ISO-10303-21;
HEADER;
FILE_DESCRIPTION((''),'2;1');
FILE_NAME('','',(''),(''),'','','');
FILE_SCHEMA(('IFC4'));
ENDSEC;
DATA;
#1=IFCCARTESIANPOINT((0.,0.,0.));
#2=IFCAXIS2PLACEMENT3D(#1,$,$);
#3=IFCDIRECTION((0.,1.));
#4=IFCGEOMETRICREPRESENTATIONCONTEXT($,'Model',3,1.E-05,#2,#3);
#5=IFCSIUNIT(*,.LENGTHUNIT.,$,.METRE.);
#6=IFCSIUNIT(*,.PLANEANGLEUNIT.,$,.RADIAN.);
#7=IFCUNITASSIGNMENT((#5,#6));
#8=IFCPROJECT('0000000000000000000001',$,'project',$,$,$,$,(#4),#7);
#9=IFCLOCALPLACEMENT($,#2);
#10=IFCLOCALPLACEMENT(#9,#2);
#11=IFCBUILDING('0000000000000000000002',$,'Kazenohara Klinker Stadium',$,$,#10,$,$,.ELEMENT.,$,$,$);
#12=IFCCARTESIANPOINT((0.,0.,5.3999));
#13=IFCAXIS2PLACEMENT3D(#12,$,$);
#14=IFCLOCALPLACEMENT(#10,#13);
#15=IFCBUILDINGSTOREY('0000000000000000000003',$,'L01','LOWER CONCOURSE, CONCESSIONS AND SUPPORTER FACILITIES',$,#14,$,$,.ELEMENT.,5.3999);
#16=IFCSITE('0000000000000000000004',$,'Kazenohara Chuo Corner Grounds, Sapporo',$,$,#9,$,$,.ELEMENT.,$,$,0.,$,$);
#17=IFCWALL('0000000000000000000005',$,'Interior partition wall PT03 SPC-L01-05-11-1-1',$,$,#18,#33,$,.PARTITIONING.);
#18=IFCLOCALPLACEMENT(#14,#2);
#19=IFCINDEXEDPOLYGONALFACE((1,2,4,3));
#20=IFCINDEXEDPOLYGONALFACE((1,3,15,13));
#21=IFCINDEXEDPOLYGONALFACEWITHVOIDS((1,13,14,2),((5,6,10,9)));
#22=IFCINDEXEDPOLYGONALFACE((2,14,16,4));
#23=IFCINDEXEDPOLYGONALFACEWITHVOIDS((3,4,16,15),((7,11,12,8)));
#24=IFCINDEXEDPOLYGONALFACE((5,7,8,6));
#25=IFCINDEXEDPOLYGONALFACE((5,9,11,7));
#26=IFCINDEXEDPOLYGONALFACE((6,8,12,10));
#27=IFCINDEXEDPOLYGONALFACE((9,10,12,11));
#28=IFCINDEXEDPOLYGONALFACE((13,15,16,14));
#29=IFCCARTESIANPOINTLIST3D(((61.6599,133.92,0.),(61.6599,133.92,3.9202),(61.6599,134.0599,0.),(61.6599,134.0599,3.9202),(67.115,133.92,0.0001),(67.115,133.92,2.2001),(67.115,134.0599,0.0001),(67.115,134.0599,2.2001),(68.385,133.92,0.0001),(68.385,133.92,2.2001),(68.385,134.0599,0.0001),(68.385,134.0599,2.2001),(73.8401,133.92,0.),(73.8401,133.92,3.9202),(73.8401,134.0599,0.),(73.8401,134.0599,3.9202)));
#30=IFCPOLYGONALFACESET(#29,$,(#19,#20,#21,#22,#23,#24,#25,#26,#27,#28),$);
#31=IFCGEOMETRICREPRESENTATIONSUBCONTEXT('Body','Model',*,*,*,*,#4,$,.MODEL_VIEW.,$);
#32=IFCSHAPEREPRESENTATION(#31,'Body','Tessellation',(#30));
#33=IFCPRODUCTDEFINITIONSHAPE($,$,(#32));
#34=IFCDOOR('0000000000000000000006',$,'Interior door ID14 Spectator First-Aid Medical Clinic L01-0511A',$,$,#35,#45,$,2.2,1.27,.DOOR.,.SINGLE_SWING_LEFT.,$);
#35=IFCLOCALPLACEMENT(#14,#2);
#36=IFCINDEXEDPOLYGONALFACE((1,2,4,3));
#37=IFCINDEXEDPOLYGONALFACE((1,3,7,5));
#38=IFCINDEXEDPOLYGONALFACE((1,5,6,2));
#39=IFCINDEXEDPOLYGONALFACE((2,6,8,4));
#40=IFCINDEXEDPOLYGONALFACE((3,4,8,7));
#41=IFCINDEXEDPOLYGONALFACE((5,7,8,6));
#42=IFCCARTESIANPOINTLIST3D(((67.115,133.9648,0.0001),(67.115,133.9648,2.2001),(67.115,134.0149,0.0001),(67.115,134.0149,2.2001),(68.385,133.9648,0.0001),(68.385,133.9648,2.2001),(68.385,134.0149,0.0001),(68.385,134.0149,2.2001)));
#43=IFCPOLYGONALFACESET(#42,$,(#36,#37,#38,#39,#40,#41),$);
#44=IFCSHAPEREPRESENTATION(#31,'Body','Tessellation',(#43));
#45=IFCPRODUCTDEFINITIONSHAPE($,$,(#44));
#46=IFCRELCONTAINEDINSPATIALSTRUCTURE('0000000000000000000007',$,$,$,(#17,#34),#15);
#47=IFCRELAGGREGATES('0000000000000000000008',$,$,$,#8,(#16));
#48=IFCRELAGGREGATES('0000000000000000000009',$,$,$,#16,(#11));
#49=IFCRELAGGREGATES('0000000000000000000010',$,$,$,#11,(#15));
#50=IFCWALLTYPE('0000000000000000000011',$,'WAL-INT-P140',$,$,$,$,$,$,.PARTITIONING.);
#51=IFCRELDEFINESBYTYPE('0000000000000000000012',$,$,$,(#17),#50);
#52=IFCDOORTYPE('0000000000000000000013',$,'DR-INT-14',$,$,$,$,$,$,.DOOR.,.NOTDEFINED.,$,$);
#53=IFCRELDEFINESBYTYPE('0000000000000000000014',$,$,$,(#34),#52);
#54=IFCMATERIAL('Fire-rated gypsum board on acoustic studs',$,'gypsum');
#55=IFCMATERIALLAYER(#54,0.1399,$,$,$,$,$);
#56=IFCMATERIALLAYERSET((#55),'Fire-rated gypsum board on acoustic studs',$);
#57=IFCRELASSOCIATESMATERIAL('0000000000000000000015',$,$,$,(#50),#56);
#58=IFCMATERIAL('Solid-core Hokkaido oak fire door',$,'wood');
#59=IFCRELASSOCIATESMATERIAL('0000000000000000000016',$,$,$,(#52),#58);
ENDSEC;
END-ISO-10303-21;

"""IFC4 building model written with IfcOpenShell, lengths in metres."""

from ifc_helpers import new_model, si_unit, direction, frame, frame_2d, origin, place, context, subcontext, project, spatial, rectangle, extrude, material, layer, layer_set, type_object, element, fill, save


model = new_model("IFC4")

# Units and contexts
model_context = context("Model", 3, precision=1e-05, world=origin(), true_north=direction((0.0, 1.0)))
body_context = subcontext(model_context, "Body", "Model", "MODEL_VIEW")
ifc_project = project(units=[si_unit("LENGTHUNIT", "METRE"), si_unit("PLANEANGLEUNIT", "RADIAN")], contexts=[model_context])

# Site, building, storey
site_placement = place(None, origin())
site = spatial("IfcSite", under=ifc_project, at=site_placement, Name="Kazenohara Chuo Corner Grounds, Sapporo", CompositionType="ELEMENT", RefElevation=0.0)
building_placement = place(site_placement, origin())
building = spatial("IfcBuilding", under=site, at=building_placement, Name="Kazenohara Klinker Stadium", CompositionType="ELEMENT")
storey_placement = place(building_placement, frame((0.0, 0.0, 5.3999)))
storey = spatial("IfcBuildingStorey", under=building, at=storey_placement, Name="L01", Description="LOWER CONCOURSE, CONCESSIONS AND SUPPORTER FACILITIES", CompositionType="ELEMENT", Elevation=5.3999)

# Wall, opening, door
ifc_material_1 = material(Name="Fire-rated gypsum board on acoustic studs", Category="gypsum")
ifc_layer_1 = layer(ifc_material_1, 0.1399)
ifc_layer_set_1 = layer_set([ifc_layer_1], Name="Fire-rated gypsum board on acoustic studs")
wall_type_1 = type_object("IfcWallType", Name="WAL-INT-P140", PredefinedType="PARTITIONING", material=ifc_layer_set_1)
wall_1_placement = place(storey_placement, frame((61.6599, 133.99, 0.0), z_axis=(0.0, 0.0, 1.0), x_axis=(1.0, 0.0, 0.0)))
wall_1 = element("IfcWall", 1, at=wall_1_placement, inside=storey, type_object=wall_type_1, Name="Interior partition wall PT03 SPC-L01-05-11-1-1", PredefinedType="PARTITIONING", context=body_context, shape_type="SweptSolid", body=[
    extrude(rectangle(XDim=12.1802, YDim=0.1399, at=frame_2d((6.0901, 0.0))), origin(), (0.0, 0.0, 1.0), 3.9202),
])
opening_placement = place(wall_1_placement, frame((5.4551, 0.0, 0.0)))
opening = element("IfcOpeningElement", 2, at=opening_placement, cuts=wall_1, PredefinedType="OPENING", context=body_context, shape_type="SweptSolid", body=[
    extrude(rectangle(XDim=1.27, YDim=2.2, at=frame_2d((0.635, 1.1001))), frame((0.0, 0.0801, 0.0), z_axis=(0.0, -1.0, 0.0), x_axis=(1.0, 0.0, 0.0)), (0.0, 0.0, 1.0), 0.1599),
])
ifc_material_2 = material(Name="Solid-core Hokkaido oak fire door", Category="wood")
door_type = type_object("IfcDoorType", Name="DR-INT-14", OperationType="NOTDEFINED", PredefinedType="DOOR", material=ifc_material_2)
door_placement = place(opening_placement, origin())
door = element("IfcDoor", 3, at=door_placement, inside=storey, type_object=door_type, Name="Interior door ID14 Spectator First-Aid Medical Clinic L01-0511A", OperationType="SINGLE_SWING_LEFT", OverallHeight=2.2, OverallWidth=1.27, PredefinedType="DOOR", context=body_context, shape_type="SweptSolid", body=[
    extrude(rectangle(XDim=1.27, YDim=2.2, at=frame_2d((0.635, 1.1001))), frame((0.0, 0.0249, 0.0), z_axis=(0.0, -1.0, 0.0), x_axis=(1.0, 0.0, 0.0)), (0.0, 0.0, 1.0), 0.05),
])
fill(opening, door)

save(model, "model.ifc")
